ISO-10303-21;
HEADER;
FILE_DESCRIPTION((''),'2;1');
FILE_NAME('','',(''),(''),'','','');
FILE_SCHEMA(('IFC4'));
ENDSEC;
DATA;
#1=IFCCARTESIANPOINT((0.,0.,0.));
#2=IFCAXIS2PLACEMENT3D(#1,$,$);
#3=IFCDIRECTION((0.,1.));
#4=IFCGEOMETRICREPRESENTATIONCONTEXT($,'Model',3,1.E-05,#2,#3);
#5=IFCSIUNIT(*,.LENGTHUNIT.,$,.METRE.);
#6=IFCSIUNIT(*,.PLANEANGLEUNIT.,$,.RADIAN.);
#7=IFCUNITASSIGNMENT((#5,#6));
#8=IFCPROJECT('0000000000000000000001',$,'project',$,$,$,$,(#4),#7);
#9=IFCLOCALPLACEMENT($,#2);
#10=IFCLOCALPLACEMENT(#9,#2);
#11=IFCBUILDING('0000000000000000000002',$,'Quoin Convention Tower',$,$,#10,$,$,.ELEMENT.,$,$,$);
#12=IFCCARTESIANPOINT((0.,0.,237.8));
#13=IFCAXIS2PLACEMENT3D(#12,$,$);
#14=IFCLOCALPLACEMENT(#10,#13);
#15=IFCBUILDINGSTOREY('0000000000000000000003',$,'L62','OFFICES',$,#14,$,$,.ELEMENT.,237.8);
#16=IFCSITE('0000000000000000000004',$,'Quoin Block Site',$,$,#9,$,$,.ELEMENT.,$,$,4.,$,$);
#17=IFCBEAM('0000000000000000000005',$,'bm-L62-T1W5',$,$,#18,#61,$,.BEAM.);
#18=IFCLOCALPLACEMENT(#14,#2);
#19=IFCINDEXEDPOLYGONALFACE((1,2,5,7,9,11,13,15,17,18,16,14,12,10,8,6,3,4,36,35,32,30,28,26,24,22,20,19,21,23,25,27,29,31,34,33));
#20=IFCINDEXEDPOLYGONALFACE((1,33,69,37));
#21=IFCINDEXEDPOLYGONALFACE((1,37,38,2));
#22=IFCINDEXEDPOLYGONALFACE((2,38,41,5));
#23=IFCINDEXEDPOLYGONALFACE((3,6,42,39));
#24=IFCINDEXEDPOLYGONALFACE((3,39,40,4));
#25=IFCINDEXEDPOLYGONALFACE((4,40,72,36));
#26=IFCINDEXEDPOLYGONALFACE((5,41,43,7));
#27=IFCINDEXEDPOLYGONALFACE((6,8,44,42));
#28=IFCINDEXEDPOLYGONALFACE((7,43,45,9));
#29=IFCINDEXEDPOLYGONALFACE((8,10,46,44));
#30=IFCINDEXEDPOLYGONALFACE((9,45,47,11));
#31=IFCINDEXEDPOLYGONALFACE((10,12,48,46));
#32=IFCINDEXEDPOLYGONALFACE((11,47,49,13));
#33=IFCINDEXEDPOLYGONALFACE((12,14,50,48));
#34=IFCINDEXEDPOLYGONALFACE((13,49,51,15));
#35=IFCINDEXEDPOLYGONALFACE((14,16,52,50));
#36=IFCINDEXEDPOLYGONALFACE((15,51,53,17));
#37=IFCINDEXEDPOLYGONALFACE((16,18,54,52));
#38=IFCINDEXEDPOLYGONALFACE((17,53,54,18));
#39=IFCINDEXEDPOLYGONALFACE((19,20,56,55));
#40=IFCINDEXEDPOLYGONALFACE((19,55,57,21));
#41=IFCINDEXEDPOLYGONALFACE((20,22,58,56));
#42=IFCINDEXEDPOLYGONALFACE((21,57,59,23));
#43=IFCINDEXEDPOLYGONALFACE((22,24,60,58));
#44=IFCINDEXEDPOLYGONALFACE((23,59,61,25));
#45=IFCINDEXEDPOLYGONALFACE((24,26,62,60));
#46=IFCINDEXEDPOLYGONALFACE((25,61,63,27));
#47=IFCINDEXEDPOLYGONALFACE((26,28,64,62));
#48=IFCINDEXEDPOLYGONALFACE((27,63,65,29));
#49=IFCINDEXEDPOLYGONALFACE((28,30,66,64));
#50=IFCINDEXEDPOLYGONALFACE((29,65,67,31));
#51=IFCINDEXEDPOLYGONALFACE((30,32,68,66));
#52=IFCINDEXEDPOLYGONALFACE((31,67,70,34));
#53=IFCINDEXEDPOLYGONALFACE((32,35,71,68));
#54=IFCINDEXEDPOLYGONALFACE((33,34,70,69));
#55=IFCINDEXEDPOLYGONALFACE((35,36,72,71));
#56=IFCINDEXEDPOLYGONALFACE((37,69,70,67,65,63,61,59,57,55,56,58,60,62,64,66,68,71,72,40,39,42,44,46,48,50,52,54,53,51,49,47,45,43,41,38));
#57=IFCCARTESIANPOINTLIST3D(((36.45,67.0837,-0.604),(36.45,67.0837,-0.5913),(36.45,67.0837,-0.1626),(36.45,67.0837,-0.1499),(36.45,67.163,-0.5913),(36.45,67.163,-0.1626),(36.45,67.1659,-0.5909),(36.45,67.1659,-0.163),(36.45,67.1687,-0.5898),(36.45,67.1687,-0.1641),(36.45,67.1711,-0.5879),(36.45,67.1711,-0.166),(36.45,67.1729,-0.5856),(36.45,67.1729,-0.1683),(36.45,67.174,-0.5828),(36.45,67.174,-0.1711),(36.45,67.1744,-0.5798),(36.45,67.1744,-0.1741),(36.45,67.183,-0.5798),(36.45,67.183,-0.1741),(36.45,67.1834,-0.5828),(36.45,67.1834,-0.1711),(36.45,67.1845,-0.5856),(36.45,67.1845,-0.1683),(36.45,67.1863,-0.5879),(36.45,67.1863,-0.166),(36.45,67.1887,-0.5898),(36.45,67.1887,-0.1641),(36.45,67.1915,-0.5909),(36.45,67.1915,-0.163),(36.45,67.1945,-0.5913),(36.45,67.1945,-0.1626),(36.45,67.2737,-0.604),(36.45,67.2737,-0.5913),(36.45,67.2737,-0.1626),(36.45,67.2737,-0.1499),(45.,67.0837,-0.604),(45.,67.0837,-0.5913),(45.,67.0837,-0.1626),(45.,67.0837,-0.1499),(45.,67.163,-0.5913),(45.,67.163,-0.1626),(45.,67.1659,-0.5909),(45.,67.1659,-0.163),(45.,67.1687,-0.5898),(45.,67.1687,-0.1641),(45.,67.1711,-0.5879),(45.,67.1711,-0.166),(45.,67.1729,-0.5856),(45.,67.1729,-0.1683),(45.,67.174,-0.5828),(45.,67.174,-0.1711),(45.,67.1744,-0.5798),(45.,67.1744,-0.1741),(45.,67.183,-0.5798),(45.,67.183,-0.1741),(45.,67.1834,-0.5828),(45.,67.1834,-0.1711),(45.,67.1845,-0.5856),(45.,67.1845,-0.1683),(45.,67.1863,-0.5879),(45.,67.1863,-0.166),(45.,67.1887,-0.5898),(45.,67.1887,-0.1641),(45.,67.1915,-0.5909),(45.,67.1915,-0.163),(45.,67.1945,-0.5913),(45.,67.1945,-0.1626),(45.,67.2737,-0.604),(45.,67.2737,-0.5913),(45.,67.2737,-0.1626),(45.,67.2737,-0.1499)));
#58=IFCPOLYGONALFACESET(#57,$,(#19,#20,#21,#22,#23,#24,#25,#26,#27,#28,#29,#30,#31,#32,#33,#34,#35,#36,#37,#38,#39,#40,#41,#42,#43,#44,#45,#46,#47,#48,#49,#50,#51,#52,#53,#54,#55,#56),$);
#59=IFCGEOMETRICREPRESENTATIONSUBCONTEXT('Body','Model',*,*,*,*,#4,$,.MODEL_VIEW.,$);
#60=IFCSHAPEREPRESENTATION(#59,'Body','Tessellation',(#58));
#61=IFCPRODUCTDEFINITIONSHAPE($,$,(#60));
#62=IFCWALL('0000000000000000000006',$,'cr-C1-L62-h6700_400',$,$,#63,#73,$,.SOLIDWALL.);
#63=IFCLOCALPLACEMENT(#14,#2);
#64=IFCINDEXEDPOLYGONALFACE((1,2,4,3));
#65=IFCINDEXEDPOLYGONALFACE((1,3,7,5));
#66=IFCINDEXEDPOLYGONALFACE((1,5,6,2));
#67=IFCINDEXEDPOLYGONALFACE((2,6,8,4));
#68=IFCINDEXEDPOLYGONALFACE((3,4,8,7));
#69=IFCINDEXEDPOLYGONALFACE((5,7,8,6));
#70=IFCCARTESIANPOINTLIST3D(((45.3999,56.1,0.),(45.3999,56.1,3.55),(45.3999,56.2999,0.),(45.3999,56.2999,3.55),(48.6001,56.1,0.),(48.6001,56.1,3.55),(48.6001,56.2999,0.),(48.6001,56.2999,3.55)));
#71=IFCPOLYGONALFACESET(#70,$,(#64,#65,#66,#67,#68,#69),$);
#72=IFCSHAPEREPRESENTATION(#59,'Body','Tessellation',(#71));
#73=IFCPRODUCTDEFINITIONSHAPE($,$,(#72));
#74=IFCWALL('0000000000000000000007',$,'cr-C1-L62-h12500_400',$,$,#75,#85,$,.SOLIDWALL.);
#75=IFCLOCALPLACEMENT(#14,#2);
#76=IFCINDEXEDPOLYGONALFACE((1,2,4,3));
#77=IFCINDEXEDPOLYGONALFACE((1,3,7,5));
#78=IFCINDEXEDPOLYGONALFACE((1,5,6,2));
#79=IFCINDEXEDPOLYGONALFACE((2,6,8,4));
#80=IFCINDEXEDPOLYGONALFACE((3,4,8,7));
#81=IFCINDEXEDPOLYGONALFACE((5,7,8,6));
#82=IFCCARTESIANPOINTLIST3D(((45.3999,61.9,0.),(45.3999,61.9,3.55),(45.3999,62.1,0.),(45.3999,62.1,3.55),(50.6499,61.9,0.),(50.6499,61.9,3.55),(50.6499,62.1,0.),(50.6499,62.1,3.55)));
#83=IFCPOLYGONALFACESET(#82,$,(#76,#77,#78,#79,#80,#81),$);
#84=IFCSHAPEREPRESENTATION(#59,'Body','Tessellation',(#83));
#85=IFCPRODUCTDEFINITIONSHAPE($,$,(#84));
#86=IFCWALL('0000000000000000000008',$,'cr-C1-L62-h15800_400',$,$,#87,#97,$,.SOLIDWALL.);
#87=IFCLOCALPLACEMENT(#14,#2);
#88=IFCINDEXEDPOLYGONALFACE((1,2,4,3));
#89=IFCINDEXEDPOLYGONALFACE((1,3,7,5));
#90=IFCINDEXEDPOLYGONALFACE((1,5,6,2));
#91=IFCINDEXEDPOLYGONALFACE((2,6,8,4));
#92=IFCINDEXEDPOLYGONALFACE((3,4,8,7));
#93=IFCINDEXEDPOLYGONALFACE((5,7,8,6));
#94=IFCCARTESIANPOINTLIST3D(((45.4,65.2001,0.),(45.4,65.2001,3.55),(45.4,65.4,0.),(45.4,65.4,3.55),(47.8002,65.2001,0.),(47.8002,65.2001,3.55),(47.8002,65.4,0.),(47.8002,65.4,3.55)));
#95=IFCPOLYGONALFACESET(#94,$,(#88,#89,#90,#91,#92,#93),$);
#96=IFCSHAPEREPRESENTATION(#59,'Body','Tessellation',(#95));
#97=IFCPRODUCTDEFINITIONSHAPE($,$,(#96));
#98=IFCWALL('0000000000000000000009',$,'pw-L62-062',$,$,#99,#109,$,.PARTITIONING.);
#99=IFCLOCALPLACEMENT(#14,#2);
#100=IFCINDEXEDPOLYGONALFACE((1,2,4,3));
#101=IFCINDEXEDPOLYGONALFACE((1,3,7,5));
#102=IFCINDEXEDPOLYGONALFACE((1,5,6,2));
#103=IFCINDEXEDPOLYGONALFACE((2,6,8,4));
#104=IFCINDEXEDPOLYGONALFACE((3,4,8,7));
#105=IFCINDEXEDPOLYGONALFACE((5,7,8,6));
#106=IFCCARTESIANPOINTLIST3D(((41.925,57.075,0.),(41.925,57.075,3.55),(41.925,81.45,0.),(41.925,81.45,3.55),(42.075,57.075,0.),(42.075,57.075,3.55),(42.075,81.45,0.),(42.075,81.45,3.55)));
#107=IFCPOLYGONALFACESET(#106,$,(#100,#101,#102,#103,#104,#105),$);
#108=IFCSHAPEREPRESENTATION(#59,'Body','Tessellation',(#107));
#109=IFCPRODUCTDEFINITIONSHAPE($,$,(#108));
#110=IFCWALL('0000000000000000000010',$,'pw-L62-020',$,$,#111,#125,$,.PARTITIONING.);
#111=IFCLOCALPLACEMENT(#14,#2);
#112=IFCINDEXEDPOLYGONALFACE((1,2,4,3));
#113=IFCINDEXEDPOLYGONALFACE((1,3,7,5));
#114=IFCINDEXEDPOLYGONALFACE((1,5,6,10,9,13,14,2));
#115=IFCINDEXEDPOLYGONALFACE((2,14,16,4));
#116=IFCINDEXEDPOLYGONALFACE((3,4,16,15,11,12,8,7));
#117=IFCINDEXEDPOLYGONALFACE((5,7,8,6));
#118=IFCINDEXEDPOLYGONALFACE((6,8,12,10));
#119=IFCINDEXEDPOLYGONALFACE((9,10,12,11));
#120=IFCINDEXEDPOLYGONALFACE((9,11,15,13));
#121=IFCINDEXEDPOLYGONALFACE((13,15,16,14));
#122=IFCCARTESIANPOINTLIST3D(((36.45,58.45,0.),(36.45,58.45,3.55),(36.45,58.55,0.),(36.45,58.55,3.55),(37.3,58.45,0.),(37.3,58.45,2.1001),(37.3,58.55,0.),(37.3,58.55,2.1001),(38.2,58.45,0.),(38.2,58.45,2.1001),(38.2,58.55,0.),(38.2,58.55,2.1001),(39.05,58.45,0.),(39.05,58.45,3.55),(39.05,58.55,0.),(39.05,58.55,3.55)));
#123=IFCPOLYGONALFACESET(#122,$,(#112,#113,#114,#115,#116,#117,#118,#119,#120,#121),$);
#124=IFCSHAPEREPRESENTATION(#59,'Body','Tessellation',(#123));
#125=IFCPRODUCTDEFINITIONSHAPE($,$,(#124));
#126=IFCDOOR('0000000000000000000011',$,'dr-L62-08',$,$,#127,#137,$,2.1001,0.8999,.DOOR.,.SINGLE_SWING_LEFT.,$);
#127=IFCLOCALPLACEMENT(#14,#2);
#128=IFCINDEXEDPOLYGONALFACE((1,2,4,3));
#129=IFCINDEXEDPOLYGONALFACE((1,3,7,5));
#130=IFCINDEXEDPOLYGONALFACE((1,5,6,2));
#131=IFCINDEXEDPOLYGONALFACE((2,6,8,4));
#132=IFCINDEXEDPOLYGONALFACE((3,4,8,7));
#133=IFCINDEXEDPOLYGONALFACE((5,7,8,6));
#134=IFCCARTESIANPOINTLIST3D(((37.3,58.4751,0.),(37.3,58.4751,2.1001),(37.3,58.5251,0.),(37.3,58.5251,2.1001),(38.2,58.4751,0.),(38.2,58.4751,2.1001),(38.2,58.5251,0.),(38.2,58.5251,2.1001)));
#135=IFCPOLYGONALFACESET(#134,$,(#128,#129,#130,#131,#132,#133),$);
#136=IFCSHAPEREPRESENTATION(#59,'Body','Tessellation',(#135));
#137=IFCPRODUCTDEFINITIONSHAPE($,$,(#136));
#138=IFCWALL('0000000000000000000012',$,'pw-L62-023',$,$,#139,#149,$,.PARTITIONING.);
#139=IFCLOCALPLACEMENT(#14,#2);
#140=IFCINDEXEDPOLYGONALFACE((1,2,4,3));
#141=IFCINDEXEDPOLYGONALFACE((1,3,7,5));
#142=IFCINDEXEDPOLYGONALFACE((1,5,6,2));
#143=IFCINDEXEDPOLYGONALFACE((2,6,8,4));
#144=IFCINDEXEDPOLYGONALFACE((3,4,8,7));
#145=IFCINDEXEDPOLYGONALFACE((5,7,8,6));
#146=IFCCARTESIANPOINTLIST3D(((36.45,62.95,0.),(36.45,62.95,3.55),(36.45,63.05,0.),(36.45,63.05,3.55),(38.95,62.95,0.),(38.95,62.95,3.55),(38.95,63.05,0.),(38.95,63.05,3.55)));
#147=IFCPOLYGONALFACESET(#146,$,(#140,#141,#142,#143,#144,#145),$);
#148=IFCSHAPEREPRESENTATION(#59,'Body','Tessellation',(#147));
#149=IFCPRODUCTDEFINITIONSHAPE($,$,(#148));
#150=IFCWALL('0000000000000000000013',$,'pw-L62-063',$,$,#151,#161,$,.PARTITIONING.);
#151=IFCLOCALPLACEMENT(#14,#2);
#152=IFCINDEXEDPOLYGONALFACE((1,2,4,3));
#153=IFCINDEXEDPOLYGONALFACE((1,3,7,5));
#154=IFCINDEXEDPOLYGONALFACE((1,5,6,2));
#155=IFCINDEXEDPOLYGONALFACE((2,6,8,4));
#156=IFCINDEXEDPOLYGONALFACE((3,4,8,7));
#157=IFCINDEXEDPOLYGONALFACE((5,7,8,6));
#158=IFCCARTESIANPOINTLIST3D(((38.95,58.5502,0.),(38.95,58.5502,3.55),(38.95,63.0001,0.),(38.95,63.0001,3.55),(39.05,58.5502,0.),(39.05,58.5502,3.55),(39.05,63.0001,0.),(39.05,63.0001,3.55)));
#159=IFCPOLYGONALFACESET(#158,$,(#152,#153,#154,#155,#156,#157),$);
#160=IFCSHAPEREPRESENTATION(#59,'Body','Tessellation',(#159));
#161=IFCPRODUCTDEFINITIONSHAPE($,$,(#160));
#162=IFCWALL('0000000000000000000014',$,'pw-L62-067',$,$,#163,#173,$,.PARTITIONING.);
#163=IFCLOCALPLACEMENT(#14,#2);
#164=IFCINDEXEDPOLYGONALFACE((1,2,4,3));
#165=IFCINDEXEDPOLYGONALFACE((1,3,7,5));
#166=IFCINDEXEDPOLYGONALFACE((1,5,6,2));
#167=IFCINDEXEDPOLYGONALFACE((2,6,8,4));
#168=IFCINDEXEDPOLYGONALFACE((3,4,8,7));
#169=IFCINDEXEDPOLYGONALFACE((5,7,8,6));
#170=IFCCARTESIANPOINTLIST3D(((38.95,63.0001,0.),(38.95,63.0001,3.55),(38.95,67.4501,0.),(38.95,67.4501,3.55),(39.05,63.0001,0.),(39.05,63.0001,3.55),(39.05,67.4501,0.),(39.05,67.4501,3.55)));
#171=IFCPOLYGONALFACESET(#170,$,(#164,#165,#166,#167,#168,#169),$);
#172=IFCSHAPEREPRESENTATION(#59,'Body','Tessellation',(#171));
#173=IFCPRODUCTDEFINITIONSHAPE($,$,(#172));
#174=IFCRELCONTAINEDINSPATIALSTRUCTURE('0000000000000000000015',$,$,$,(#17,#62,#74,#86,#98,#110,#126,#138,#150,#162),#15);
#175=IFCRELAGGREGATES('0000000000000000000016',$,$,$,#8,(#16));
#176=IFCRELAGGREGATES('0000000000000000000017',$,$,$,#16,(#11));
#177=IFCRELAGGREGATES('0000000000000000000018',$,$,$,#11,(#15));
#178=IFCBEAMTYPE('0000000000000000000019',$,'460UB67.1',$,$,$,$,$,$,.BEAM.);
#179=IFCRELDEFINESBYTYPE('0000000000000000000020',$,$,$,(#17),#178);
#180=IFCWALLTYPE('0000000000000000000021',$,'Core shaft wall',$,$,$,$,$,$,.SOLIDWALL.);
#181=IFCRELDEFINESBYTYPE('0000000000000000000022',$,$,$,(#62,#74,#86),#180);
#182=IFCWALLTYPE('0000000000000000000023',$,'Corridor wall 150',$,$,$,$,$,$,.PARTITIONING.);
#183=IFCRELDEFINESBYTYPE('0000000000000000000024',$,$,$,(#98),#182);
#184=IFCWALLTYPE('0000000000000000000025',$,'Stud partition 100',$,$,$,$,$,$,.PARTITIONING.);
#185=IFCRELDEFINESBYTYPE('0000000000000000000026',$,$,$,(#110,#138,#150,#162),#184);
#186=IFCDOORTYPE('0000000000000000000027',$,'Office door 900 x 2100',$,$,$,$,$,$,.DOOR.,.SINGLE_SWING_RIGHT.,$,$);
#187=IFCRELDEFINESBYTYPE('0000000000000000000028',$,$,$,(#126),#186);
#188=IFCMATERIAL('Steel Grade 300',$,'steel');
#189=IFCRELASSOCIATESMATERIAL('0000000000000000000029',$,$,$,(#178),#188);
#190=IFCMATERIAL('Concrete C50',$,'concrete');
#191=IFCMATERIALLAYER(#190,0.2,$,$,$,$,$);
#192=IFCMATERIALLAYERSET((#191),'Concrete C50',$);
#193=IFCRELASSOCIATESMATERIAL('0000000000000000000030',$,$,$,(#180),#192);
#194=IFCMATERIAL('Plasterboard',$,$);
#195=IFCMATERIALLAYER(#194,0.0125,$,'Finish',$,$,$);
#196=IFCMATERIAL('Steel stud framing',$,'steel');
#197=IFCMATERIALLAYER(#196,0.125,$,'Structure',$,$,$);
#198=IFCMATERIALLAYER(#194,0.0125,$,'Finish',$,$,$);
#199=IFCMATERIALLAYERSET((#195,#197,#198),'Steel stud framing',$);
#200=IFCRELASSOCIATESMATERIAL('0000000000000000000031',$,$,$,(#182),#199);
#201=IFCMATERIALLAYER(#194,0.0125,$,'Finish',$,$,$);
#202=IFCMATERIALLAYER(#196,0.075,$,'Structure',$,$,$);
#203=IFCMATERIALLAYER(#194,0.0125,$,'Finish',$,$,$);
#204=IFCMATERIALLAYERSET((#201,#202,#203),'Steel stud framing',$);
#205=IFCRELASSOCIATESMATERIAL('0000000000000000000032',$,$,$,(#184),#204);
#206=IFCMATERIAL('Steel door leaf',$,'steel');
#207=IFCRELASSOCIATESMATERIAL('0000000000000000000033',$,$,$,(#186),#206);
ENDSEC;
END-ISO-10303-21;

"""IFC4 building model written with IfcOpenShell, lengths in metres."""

from ifc_helpers import new_model, si_unit, direction, frame, frame_2d, origin, origin_2d, place, context, subcontext, project, spatial, rectangle, i_section, extrude, material, layer, layer_set, material_profile, profile_set, type_object, element, fill, save


model = new_model("IFC4")

# Units and contexts
model_context = context("Model", 3, precision=1e-05, world=origin(), true_north=direction((0.0, 1.0)))
body_context = subcontext(model_context, "Body", "Model", "MODEL_VIEW")
ifc_project = project(units=[si_unit("LENGTHUNIT", "METRE"), si_unit("PLANEANGLEUNIT", "RADIAN")], contexts=[model_context])

# Site, building, storey
site_placement = place(None, origin())
site = spatial("IfcSite", under=ifc_project, at=site_placement, Name="Quoin Block Site", CompositionType="ELEMENT", RefElevation=4.0)
building_placement = place(site_placement, origin())
building = spatial("IfcBuilding", under=site, at=building_placement, Name="Quoin Convention Tower", CompositionType="ELEMENT")
storey_placement = place(building_placement, frame((0.0, 0.0, 237.8)))
storey = spatial("IfcBuildingStorey", under=building, at=storey_placement, Name="L62", Description="OFFICES", CompositionType="ELEMENT", Elevation=237.8)

# Beam
ifc_material_1 = material(Name="Steel Grade 300", Category="steel")
ifc_material_profile = material_profile(ifc_material_1, i_section(OverallWidth=0.1899, OverallDepth=0.4541, WebThickness=0.0085, FlangeThickness=0.0127, FilletRadius=0.0115, at=origin_2d()), Name="460UB67.1")
ifc_profile_set = profile_set([ifc_material_profile], Name="Steel Grade 300")
beam_type = type_object("IfcBeamType", Name="460UB67.1", PredefinedType="BEAM", material=ifc_profile_set)
beam_placement = place(storey_placement, frame((36.45, 67.1787, -0.377), z_axis=(1.0, 0.0, 0.0), x_axis=(0.0, 1.0, 0.0)))
element("IfcBeam", 1, at=beam_placement, inside=storey, type_object=beam_type, Name="bm-L62-T1W5", PredefinedType="BEAM", context=body_context, shape_type="SweptSolid", body=[
    extrude(i_section(OverallWidth=0.1899, OverallDepth=0.4541, WebThickness=0.0085, FlangeThickness=0.0127, FilletRadius=0.0115, at=origin_2d()), origin(), (0.0, 0.0, 1.0), 8.55),
])

# Walls
ifc_material_2 = material(Name="Concrete C50", Category="concrete")
ifc_layer_1 = layer(ifc_material_2, 0.2)
ifc_layer_set_1 = layer_set([ifc_layer_1], Name="Concrete C50")
wall_type_1 = type_object("IfcWallType", Name="Core shaft wall", PredefinedType="SOLIDWALL", material=ifc_layer_set_1)
wall_1_placement = place(storey_placement, frame((45.3999, 56.2, 0.0), z_axis=(0.0, 0.0, 1.0), x_axis=(1.0, 0.0, 0.0)))
element("IfcWall", 2, at=wall_1_placement, inside=storey, type_object=wall_type_1, Name="cr-C1-L62-h6700_400", PredefinedType="SOLIDWALL", context=body_context, shape_type="SweptSolid", body=[
    extrude(rectangle(XDim=3.2002, YDim=0.2, at=frame_2d((1.6001, 0.0))), origin(), (0.0, 0.0, 1.0), 3.55),
])
wall_2_placement = place(storey_placement, frame((45.3999, 62.0, 0.0), z_axis=(0.0, 0.0, 1.0), x_axis=(1.0, 0.0, 0.0)))
element("IfcWall", 3, at=wall_2_placement, inside=storey, type_object=wall_type_1, Name="cr-C1-L62-h12500_400", PredefinedType="SOLIDWALL", context=body_context, shape_type="SweptSolid", body=[
    extrude(rectangle(XDim=5.25, YDim=0.2, at=frame_2d((2.625, 0.0))), origin(), (0.0, 0.0, 1.0), 3.55),
])
wall_3_placement = place(storey_placement, frame((45.3999, 65.3, 0.0), z_axis=(0.0, 0.0, 1.0), x_axis=(1.0, 0.0, 0.0)))
element("IfcWall", 4, at=wall_3_placement, inside=storey, type_object=wall_type_1, Name="cr-C1-L62-h15800_400", PredefinedType="SOLIDWALL", context=body_context, shape_type="SweptSolid", body=[
    extrude(rectangle(XDim=2.4001, YDim=0.2, at=frame_2d((1.2002, 0.0))), origin(), (0.0, 0.0, 1.0), 3.55),
])
ifc_material_3 = material(Name="Plasterboard")
ifc_layer_2 = layer(ifc_material_3, 0.0125, Name="Finish")
ifc_material_4 = material(Name="Steel stud framing", Category="steel")
ifc_layer_3 = layer(ifc_material_4, 0.125, Name="Structure")
ifc_layer_4 = layer(ifc_material_3, 0.0125, Name="Finish")
ifc_layer_set_2 = layer_set([ifc_layer_2, ifc_layer_3, ifc_layer_4], Name="Steel stud framing")
wall_type_2 = type_object("IfcWallType", Name="Corridor wall 150", PredefinedType="PARTITIONING", material=ifc_layer_set_2)
wall_4_placement = place(storey_placement, frame((42.0, 57.075, 0.0), z_axis=(0.0, 0.0, 1.0), x_axis=(0.0, 1.0, 0.0)))
element("IfcWall", 5, at=wall_4_placement, inside=storey, type_object=wall_type_2, Name="pw-L62-062", PredefinedType="PARTITIONING", context=body_context, shape_type="SweptSolid", body=[
    extrude(rectangle(XDim=24.375, YDim=0.1499, at=frame_2d((12.1875, 0.0))), origin(), (0.0, 0.0, 1.0), 3.55),
])

# Wall, opening, door
ifc_layer_5 = layer(ifc_material_3, 0.0125, Name="Finish")
ifc_layer_6 = layer(ifc_material_4, 0.075, Name="Structure")
ifc_layer_7 = layer(ifc_material_3, 0.0125, Name="Finish")
ifc_layer_set_3 = layer_set([ifc_layer_5, ifc_layer_6, ifc_layer_7], Name="Steel stud framing")
wall_type_3 = type_object("IfcWallType", Name="Stud partition 100", PredefinedType="PARTITIONING", material=ifc_layer_set_3)
wall_5_placement = place(storey_placement, frame((36.45, 58.5, 0.0), z_axis=(0.0, 0.0, 1.0), x_axis=(1.0, 0.0, 0.0)))
wall_5 = element("IfcWall", 6, at=wall_5_placement, inside=storey, type_object=wall_type_3, Name="pw-L62-020", PredefinedType="PARTITIONING", context=body_context, shape_type="SweptSolid", body=[
    extrude(rectangle(XDim=2.6001, YDim=0.1001, at=frame_2d((1.3, 0.0))), origin(), (0.0, 0.0, 1.0), 3.55),
])
opening_placement = place(wall_5_placement, frame((0.8501, 0.0, 0.0)))
opening = element("IfcOpeningElement", 7, at=opening_placement, cuts=wall_5, PredefinedType="OPENING", context=body_context, shape_type="SweptSolid", body=[
    extrude(rectangle(XDim=0.8999, YDim=2.1001, at=frame_2d((0.45, 1.05))), frame((0.0, 0.0601, 0.0), z_axis=(0.0, -1.0, 0.0), x_axis=(1.0, 0.0, 0.0)), (0.0, 0.0, 1.0), 0.1201),
])
ifc_material_5 = material(Name="Steel door leaf", Category="steel")
door_type = type_object("IfcDoorType", Name="Office door 900 x 2100", OperationType="SINGLE_SWING_RIGHT", PredefinedType="DOOR", material=ifc_material_5)
door_placement = place(opening_placement, frame((0.8999, 0.0, 0.0), z_axis=(0.0, 0.0, 1.0), x_axis=(-1.0, 0.0, 0.0)))
door = element("IfcDoor", 8, at=door_placement, inside=storey, type_object=door_type, Name="dr-L62-08", OperationType="SINGLE_SWING_LEFT", OverallHeight=2.1001, OverallWidth=0.8999, PredefinedType="DOOR", context=body_context, shape_type="SweptSolid", body=[
    extrude(rectangle(XDim=0.8999, YDim=2.1001, at=frame_2d((0.45, 1.05))), frame((0.0, 0.0249, 0.0), z_axis=(0.0, -1.0, 0.0), x_axis=(1.0, 0.0, 0.0)), (0.0, 0.0, 1.0), 0.05),
])
fill(opening, door)

# Walls
wall_6_placement = place(storey_placement, frame((36.45, 63.0, 0.0), z_axis=(0.0, 0.0, 1.0), x_axis=(1.0, 0.0, 0.0)))
element("IfcWall", 9, at=wall_6_placement, inside=storey, type_object=wall_type_3, Name="pw-L62-023", PredefinedType="PARTITIONING", context=body_context, shape_type="SweptSolid", body=[
    extrude(rectangle(XDim=2.5, YDim=0.1001, at=frame_2d((1.25, 0.0))), origin(), (0.0, 0.0, 1.0), 3.55),
])
for number, where, z_axis, x_axis, name in (
    (10, (39.0, 58.55, 0.0), (0.0, 0.0, 1.0), (0.0, 1.0, 0.0), "pw-L62-063"),
    (11, (39.0, 63.0, 0.0), (0.0, 0.0, 1.0), (0.0, 1.0, 0.0), "pw-L62-067"),
):
    element("IfcWall", number, at=place(storey_placement, frame(where, z_axis=z_axis, x_axis=x_axis)), inside=storey, type_object=wall_type_3, Name=name, PredefinedType="PARTITIONING", context=body_context, shape_type="SweptSolid", body=[
        extrude(rectangle(XDim=4.45, YDim=0.1001, at=frame_2d((2.2251, 0.0))), origin(), (0.0, 0.0, 1.0), 3.55),
    ])

save(model, "model.ifc")
